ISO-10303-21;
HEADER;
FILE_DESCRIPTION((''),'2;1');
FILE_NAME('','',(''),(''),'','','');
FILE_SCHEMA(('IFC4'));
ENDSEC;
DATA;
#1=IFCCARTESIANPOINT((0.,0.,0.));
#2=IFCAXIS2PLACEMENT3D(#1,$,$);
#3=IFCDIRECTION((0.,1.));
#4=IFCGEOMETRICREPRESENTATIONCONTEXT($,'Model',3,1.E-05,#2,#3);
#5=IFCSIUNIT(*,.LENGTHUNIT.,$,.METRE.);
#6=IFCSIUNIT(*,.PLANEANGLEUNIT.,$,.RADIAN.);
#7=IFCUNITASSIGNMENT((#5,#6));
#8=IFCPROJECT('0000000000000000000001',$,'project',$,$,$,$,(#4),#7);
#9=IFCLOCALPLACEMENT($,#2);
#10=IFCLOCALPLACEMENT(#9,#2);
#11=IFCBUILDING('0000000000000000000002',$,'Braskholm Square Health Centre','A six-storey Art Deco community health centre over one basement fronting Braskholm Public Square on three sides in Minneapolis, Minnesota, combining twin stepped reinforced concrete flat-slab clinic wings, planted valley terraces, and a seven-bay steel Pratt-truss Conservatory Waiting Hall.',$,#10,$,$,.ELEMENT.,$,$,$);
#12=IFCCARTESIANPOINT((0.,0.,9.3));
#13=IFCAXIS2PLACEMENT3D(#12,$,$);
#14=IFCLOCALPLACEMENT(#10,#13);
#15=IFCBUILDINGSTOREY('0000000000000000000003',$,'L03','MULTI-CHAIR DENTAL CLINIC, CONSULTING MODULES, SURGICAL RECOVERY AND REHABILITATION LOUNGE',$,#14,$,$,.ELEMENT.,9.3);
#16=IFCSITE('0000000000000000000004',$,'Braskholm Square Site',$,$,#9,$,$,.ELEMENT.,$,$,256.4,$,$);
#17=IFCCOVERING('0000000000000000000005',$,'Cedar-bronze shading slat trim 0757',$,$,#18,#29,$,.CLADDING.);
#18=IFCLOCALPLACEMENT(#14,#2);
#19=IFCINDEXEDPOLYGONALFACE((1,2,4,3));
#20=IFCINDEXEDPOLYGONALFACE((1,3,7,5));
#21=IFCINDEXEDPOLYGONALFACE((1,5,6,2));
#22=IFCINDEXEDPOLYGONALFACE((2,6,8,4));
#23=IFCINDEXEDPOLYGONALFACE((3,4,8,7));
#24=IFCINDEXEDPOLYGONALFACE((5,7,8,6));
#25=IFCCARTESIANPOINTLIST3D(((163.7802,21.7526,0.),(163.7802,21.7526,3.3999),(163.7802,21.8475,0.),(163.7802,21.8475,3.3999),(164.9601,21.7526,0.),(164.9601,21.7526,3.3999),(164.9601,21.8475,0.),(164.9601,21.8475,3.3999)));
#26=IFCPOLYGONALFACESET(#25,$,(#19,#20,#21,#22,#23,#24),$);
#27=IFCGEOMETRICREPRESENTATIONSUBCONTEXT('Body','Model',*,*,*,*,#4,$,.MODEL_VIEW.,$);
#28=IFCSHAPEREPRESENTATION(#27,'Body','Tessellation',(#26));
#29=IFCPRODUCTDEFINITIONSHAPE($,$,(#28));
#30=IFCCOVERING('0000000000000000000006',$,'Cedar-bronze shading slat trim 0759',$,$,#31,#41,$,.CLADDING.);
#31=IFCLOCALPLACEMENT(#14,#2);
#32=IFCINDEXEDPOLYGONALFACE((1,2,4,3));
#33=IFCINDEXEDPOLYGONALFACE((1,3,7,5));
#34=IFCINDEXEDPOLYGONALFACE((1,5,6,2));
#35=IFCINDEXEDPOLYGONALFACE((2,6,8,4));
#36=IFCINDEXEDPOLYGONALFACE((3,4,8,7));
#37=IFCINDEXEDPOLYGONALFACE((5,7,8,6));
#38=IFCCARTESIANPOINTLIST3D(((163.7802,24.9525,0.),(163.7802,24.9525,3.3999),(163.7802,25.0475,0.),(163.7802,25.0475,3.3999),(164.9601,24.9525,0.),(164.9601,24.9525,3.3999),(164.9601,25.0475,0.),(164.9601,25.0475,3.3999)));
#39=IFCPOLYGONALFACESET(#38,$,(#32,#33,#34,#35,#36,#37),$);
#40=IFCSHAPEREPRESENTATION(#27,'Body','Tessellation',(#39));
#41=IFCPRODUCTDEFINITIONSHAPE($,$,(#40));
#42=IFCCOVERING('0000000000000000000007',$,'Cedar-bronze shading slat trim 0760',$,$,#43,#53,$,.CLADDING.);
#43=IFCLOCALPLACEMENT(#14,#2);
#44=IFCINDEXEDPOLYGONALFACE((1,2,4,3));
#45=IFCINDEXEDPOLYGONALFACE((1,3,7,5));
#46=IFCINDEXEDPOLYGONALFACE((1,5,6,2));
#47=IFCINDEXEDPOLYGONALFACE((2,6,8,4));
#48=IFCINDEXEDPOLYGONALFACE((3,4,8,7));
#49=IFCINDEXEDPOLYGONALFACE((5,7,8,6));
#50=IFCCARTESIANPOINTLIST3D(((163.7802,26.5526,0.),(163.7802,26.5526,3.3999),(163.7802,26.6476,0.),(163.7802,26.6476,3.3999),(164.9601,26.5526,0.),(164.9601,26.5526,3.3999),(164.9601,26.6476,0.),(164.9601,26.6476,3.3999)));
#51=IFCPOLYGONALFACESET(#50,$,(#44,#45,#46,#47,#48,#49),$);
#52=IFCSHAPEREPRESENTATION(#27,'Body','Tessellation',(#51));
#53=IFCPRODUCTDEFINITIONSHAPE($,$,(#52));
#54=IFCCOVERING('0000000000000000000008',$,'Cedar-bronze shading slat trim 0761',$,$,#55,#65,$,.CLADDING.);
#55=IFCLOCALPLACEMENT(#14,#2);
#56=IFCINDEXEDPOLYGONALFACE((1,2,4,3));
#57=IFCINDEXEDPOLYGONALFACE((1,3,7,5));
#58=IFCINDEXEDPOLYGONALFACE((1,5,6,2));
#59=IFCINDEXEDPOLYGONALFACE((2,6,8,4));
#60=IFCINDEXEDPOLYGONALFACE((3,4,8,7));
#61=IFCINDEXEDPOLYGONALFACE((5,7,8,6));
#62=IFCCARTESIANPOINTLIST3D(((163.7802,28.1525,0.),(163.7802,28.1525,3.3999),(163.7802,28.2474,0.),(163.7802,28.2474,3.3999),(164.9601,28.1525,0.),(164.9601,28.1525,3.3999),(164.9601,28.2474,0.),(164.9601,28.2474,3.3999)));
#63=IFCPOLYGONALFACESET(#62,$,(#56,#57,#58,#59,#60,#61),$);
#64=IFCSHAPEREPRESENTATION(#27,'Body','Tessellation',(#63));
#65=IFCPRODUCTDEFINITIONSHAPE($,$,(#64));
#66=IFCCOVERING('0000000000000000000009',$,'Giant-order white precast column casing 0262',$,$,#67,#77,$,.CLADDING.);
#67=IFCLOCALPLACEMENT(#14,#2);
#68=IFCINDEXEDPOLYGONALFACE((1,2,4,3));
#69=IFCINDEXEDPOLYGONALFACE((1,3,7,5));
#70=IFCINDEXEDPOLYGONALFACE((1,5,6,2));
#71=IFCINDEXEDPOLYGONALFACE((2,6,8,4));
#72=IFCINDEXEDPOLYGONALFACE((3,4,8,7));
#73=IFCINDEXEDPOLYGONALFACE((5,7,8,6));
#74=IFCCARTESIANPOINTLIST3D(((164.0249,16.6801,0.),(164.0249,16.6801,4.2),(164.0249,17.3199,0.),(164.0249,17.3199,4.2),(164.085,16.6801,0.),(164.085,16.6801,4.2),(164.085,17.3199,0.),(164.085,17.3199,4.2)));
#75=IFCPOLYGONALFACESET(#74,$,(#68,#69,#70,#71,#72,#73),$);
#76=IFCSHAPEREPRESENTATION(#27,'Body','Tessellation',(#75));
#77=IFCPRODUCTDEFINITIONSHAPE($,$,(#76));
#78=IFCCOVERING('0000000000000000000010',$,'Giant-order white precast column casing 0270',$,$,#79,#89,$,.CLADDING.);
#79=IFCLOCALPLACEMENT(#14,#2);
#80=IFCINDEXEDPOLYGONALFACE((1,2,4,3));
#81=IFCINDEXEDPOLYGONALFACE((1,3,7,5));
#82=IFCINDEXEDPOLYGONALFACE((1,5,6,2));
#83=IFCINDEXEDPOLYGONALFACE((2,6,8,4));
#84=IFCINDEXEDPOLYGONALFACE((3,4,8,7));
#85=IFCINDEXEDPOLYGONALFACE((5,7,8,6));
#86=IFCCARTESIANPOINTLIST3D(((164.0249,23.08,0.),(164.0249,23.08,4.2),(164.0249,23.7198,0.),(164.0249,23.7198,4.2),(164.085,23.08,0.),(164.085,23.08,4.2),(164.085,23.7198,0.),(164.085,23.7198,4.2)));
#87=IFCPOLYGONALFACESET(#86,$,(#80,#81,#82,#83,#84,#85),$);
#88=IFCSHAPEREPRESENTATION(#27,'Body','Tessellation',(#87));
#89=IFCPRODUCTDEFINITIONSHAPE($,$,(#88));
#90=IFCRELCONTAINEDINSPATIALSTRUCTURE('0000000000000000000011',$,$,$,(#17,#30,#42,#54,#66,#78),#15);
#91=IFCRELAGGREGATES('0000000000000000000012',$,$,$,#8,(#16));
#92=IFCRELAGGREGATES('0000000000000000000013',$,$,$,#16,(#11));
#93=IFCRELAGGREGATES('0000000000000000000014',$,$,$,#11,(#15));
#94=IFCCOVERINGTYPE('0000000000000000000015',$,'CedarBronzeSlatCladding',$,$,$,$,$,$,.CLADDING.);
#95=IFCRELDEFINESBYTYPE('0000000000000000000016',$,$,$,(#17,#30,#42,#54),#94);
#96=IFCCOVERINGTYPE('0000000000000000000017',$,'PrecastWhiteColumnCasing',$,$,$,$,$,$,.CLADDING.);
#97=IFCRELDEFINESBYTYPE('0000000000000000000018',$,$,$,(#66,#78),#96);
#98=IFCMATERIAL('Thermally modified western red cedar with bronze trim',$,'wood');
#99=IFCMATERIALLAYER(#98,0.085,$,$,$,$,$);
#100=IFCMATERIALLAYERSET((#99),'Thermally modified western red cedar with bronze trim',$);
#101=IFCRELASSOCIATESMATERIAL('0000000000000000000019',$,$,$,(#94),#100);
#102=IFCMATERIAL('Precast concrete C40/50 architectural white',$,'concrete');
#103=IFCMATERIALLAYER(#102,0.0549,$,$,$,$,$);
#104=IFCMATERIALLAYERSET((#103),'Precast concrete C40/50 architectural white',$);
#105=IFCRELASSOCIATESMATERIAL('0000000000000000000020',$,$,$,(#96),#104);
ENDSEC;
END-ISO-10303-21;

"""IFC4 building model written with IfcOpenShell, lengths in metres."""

from ifc_helpers import new_model, si_unit, direction, frame, origin, origin_2d, place, context, subcontext, project, spatial, rectangle, extrude, material, layer, layer_set, type_object, element, save


model = new_model("IFC4")

# Units and contexts
model_context = context("Model", 3, precision=1e-05, world=origin(), true_north=direction((0.0, 1.0)))
body_context = subcontext(model_context, "Body", "Model", "MODEL_VIEW")
ifc_project = project(units=[si_unit("LENGTHUNIT", "METRE"), si_unit("PLANEANGLEUNIT", "RADIAN")], contexts=[model_context])

# Site, building, storey
site_placement = place(None, origin())
site = spatial("IfcSite", under=ifc_project, at=site_placement, Name="Braskholm Square Site", CompositionType="ELEMENT", RefElevation=256.4)
building_placement = place(site_placement, origin())
building = spatial("IfcBuilding", under=site, at=building_placement, Name="Braskholm Square Health Centre", Description="A six-storey Art Deco community health centre over one basement fronting Braskholm Public Square on three sides in Minneapolis, Minnesota, combining twin stepped reinforced concrete flat-slab clinic wings, planted valley terraces, and a seven-bay steel Pratt-truss Conservatory Waiting Hall.", CompositionType="ELEMENT")
storey_placement = place(building_placement, frame((0.0, 0.0, 9.3)))
storey = spatial("IfcBuildingStorey", under=building, at=storey_placement, Name="L03", Description="MULTI-CHAIR DENTAL CLINIC, CONSULTING MODULES, SURGICAL RECOVERY AND REHABILITATION LOUNGE", CompositionType="ELEMENT", Elevation=9.3)

# Shared definitions
ifc_material_1 = material(Name="Precast concrete C40/50 architectural white", Category="concrete")

# Shared definitions
ifc_material_2 = material(Name="Thermally modified western red cedar with bronze trim", Category="wood")

# Coverings
ifc_layer_1 = layer(ifc_material_2, 0.085)
ifc_layer_set_1 = layer_set([ifc_layer_1], Name="Thermally modified western red cedar with bronze trim")
covering_type_1 = type_object("IfcCoveringType", Name="CedarBronzeSlatCladding", PredefinedType="CLADDING", material=ifc_layer_set_1)
for number, where, z_axis, x_axis, name in (
    (1, (164.3701, 21.8, 0.0), (0.0, 0.0, 1.0), (1.0, 0.0, 0.0), "Cedar-bronze shading slat trim 0757"),
    (2, (164.3701, 25.0, 0.0), (0.0, 0.0, 1.0), (1.0, 0.0, 0.0), "Cedar-bronze shading slat trim 0759"),
    (3, (164.3701, 26.6001, 0.0), (0.0, 0.0, 1.0), (1.0, 0.0, 0.0), "Cedar-bronze shading slat trim 0760"),
    (4, (164.3701, 28.2, 0.0), (0.0, 0.0, 1.0), (1.0, 0.0, 0.0), "Cedar-bronze shading slat trim 0761"),
):
    element("IfcCovering", number, at=place(storey_placement, frame(where, z_axis=z_axis, x_axis=x_axis)), inside=storey, type_object=covering_type_1, Name=name, PredefinedType="CLADDING", context=body_context, shape_type="SweptSolid", body=[
        extrude(rectangle(XDim=1.1799, YDim=0.095, at=origin_2d()), origin(), (0.0, 0.0, 1.0), 3.3999),
    ])
ifc_layer_2 = layer(ifc_material_1, 0.0549)
ifc_layer_set_2 = layer_set([ifc_layer_2], Name="Precast concrete C40/50 architectural white")
covering_type_2 = type_object("IfcCoveringType", Name="PrecastWhiteColumnCasing", PredefinedType="CLADDING", material=ifc_layer_set_2)
for number, where, z_axis, x_axis, name in (
    (5, (164.0549, 17.0, 0.0), (0.0, 0.0, 1.0), (1.0, 0.0, 0.0), "Giant-order white precast column casing 0262"),
    (6, (164.0549, 23.3999, 0.0), (0.0, 0.0, 1.0), (1.0, 0.0, 0.0), "Giant-order white precast column casing 0270"),
):
    element("IfcCovering", number, at=place(storey_placement, frame(where, z_axis=z_axis, x_axis=x_axis)), inside=storey, type_object=covering_type_2, Name=name, PredefinedType="CLADDING", context=body_context, shape_type="SweptSolid", body=[
        extrude(rectangle(XDim=0.0601, YDim=0.6399, at=origin_2d()), origin(), (0.0, 0.0, 1.0), 4.2),
    ])

save(model, "model.ifc")
